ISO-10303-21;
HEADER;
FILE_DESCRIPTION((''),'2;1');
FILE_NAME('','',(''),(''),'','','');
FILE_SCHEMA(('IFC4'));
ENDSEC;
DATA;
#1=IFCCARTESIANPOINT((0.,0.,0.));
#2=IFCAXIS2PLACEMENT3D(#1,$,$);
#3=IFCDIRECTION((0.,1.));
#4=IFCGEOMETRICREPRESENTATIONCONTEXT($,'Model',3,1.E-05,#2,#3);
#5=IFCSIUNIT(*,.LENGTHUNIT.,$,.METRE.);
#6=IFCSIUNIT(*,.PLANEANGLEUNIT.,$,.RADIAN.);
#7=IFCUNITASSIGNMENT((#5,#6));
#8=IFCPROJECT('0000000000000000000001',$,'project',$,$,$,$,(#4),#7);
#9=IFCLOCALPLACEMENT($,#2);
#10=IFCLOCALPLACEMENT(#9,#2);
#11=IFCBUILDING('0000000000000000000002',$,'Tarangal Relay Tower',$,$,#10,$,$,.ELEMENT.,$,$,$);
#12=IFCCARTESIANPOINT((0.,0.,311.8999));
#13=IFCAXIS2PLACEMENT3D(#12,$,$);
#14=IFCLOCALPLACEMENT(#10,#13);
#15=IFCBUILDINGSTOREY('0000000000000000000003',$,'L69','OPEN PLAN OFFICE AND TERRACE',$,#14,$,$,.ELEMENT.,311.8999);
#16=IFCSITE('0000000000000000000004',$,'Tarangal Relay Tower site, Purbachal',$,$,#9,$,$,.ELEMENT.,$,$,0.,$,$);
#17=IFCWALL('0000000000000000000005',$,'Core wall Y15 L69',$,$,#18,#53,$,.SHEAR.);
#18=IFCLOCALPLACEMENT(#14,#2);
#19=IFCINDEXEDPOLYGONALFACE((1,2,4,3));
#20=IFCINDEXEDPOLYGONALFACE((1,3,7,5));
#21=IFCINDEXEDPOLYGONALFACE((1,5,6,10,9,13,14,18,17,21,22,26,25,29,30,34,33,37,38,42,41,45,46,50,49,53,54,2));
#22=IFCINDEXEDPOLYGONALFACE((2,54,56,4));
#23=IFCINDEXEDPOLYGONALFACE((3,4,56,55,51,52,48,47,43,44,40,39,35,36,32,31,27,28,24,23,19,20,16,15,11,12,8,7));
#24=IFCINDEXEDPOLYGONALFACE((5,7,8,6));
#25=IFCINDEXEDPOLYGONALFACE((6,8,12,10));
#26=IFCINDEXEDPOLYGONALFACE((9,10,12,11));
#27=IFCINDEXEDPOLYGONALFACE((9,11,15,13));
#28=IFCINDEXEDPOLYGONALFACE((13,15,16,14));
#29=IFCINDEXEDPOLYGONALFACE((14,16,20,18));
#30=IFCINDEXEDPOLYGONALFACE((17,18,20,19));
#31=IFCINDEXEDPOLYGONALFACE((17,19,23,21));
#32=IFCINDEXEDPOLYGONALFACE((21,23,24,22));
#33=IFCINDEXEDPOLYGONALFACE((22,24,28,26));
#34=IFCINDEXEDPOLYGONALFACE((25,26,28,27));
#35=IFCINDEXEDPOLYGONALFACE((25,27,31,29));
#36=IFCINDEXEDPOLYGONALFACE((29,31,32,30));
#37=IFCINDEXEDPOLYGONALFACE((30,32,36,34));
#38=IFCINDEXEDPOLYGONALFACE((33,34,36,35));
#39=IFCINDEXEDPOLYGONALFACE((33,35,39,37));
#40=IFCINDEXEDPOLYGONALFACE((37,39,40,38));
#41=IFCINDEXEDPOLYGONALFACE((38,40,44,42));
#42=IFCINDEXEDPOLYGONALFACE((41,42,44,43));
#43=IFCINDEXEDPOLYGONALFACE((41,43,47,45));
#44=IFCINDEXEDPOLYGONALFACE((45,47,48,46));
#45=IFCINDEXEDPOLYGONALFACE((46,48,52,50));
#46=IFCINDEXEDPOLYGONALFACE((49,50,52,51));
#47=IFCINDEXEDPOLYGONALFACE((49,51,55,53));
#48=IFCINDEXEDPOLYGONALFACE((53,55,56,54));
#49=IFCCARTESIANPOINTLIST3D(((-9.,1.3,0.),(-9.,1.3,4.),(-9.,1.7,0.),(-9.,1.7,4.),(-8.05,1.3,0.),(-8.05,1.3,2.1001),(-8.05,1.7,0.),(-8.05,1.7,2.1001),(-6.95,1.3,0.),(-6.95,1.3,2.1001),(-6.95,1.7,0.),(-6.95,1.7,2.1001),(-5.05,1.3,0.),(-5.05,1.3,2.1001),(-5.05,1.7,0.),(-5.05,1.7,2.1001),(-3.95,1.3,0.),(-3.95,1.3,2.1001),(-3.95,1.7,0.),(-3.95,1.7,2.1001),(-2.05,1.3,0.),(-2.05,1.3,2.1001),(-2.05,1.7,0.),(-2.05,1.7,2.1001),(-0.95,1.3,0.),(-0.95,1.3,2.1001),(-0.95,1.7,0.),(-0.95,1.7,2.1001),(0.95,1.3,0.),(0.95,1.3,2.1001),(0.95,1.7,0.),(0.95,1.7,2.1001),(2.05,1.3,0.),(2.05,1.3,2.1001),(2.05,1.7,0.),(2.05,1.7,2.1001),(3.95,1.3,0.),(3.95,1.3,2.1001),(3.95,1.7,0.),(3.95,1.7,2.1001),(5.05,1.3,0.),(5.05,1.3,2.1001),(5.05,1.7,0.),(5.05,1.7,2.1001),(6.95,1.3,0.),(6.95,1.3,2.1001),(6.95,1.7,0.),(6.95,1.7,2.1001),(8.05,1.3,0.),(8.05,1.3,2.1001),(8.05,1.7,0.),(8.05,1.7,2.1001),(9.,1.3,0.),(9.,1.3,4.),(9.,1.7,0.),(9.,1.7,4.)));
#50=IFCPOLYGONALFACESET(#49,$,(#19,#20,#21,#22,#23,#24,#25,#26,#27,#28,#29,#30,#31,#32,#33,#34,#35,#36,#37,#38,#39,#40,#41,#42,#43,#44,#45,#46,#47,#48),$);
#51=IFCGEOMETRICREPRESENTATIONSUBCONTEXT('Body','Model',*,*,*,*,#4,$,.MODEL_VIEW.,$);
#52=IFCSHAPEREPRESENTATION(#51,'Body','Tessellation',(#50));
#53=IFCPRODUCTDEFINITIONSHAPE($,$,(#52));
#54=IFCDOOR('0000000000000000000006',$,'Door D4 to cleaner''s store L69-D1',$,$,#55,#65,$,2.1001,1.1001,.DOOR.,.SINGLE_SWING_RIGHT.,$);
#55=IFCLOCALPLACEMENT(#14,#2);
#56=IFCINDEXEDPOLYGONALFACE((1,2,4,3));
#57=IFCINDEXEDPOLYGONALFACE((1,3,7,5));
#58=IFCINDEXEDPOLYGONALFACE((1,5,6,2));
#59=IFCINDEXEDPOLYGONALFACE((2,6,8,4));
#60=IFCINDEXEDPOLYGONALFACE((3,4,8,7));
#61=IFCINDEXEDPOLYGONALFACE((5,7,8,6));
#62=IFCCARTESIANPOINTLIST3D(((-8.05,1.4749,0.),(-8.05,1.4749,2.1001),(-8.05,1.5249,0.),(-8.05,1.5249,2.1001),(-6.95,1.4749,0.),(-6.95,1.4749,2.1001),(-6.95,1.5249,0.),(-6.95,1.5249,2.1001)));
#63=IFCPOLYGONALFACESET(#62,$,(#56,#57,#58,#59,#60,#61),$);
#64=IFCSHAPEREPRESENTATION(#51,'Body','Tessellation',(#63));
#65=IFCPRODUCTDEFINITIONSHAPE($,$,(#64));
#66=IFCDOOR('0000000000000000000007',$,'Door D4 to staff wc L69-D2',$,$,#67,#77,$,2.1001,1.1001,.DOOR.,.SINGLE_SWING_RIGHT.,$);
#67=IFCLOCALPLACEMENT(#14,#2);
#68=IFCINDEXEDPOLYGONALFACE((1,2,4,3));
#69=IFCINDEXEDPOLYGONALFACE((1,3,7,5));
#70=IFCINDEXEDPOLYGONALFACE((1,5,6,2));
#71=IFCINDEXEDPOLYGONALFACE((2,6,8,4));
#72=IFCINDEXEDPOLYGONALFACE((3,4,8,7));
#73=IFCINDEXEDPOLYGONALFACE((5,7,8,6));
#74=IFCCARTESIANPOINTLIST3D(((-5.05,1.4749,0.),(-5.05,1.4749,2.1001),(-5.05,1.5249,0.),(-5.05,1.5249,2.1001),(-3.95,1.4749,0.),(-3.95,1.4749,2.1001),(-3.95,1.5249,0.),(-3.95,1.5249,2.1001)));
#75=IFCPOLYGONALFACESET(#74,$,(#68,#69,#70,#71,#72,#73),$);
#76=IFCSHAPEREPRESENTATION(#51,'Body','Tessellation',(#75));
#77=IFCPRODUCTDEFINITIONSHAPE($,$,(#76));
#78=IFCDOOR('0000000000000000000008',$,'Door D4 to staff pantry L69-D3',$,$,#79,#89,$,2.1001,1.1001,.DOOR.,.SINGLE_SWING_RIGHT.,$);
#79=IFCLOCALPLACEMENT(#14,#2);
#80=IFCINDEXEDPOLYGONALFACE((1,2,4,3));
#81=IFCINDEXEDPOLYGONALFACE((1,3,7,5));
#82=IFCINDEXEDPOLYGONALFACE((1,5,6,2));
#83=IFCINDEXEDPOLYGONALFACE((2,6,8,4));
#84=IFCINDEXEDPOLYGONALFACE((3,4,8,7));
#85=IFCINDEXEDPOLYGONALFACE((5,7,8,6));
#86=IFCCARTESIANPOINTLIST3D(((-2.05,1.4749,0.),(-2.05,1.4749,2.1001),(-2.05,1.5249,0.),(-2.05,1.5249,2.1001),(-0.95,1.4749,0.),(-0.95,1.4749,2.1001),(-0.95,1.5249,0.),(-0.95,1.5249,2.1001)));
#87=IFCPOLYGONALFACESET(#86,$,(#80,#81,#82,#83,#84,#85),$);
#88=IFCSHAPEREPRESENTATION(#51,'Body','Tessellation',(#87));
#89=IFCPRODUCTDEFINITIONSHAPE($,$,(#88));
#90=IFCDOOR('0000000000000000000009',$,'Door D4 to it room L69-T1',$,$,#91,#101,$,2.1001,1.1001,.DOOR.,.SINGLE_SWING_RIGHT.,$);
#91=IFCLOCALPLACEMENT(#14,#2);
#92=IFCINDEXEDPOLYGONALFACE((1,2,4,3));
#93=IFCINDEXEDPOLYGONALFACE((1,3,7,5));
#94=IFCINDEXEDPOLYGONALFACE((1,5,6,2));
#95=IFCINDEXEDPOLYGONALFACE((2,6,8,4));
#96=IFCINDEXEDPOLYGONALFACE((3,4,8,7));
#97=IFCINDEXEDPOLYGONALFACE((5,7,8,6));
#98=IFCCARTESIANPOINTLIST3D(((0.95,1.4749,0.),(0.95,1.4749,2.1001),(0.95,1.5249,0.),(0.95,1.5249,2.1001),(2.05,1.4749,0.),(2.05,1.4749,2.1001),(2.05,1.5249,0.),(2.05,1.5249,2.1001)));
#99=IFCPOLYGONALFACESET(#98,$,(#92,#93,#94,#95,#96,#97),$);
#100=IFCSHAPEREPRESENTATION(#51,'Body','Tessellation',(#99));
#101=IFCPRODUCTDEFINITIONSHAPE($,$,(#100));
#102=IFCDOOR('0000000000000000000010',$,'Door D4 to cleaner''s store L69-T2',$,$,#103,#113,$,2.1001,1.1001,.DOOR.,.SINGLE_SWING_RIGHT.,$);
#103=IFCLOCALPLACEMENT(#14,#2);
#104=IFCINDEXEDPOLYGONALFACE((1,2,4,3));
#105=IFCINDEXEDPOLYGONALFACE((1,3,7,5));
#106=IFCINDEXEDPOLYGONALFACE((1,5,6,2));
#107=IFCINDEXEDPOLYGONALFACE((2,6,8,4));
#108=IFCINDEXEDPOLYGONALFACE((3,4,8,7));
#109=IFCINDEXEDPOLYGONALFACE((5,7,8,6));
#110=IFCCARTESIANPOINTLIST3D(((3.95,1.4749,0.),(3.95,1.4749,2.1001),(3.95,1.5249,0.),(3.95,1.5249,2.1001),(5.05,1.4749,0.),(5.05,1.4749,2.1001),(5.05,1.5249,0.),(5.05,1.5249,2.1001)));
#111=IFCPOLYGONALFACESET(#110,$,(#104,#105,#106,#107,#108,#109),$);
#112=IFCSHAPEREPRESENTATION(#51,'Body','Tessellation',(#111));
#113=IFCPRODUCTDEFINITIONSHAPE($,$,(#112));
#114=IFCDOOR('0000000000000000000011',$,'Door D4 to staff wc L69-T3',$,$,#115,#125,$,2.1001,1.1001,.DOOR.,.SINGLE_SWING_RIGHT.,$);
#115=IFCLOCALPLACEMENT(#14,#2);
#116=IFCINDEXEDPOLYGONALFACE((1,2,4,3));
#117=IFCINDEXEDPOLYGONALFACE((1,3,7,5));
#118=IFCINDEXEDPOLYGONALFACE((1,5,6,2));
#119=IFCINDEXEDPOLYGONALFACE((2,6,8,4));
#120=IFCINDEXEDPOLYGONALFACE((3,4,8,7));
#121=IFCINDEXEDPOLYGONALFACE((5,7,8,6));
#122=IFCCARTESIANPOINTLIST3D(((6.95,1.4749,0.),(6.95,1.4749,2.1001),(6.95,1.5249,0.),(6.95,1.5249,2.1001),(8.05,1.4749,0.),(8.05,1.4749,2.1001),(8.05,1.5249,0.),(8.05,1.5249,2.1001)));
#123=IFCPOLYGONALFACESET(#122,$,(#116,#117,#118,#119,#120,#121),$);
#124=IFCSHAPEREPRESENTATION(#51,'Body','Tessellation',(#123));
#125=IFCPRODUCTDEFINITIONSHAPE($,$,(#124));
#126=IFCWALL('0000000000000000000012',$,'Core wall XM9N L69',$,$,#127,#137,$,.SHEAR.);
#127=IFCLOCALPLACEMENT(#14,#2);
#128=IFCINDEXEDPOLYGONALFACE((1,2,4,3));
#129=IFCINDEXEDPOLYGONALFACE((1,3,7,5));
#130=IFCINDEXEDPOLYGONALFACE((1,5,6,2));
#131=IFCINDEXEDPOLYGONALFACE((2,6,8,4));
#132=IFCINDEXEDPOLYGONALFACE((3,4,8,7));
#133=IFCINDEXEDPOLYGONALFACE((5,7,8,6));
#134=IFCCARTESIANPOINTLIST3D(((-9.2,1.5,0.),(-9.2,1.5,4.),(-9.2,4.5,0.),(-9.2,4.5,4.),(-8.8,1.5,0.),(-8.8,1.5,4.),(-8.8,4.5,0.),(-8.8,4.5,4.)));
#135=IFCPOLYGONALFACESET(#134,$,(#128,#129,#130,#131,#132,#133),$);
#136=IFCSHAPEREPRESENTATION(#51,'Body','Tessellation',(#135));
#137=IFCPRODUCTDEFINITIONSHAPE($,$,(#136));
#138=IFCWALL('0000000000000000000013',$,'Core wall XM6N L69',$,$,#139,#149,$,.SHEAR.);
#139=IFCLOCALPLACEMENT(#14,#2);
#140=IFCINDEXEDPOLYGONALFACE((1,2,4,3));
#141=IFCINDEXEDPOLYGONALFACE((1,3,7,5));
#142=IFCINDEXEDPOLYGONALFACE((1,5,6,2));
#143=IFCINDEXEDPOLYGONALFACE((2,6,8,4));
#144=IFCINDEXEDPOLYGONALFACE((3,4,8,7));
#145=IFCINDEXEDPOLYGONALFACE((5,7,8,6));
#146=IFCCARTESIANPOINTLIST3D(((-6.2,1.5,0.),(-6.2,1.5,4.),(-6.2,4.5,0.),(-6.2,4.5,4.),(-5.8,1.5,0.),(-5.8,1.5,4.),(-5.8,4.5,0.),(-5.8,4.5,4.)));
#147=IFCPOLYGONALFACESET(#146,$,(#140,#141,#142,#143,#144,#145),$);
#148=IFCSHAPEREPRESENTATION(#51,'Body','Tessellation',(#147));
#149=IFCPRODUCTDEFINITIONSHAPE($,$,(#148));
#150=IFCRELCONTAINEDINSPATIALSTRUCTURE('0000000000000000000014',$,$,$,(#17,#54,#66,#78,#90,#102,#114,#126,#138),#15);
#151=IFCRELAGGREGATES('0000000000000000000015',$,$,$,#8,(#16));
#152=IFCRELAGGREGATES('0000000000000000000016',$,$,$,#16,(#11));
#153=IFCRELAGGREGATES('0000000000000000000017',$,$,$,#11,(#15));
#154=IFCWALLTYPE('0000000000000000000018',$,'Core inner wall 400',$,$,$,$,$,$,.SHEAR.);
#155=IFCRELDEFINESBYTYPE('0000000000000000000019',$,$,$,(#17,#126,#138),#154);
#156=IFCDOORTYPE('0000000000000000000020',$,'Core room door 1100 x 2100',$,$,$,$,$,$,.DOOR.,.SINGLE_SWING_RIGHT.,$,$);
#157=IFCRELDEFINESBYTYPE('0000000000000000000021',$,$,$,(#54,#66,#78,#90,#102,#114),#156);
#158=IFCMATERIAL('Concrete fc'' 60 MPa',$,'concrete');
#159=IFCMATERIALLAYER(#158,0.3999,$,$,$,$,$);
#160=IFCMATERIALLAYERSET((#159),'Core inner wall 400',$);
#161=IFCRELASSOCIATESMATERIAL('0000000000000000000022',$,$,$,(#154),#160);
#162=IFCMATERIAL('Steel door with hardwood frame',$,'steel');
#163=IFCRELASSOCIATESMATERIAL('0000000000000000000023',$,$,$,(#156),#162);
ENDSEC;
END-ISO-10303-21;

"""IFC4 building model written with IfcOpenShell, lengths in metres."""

from ifc_helpers import new_model, si_unit, direction, frame, frame_2d, origin, place, context, subcontext, project, spatial, rectangle, extrude, material, layer, layer_set, type_object, element, fill, save


model = new_model("IFC4")

# Units and contexts
model_context = context("Model", 3, precision=1e-05, world=origin(), true_north=direction((0.0, 1.0)))
body_context = subcontext(model_context, "Body", "Model", "MODEL_VIEW")
ifc_project = project(units=[si_unit("LENGTHUNIT", "METRE"), si_unit("PLANEANGLEUNIT", "RADIAN")], contexts=[model_context])

# Site, building, storey
site_placement = place(None, origin())
site = spatial("IfcSite", under=ifc_project, at=site_placement, Name="Tarangal Relay Tower site, Purbachal", CompositionType="ELEMENT", RefElevation=0.0)
building_placement = place(site_placement, origin())
building = spatial("IfcBuilding", under=site, at=building_placement, Name="Tarangal Relay Tower", CompositionType="ELEMENT")
storey_placement = place(building_placement, frame((0.0, 0.0, 311.8999)))
storey = spatial("IfcBuildingStorey", under=building, at=storey_placement, Name="L69", Description="OPEN PLAN OFFICE AND TERRACE", CompositionType="ELEMENT", Elevation=311.8999)

# Wall, openings, doors
ifc_material_1 = material(Name="Concrete fc' 60 MPa", Category="concrete")
ifc_layer = layer(ifc_material_1, 0.3999)
ifc_layer_set = layer_set([ifc_layer], Name="Core inner wall 400")
wall_type = type_object("IfcWallType", Name="Core inner wall 400", PredefinedType="SHEAR", material=ifc_layer_set)
wall_1_placement = place(storey_placement, frame((-9.0, 1.5, 0.0), z_axis=(0.0, 0.0, 1.0), x_axis=(1.0, 0.0, 0.0)))
wall_1 = element("IfcWall", 1, at=wall_1_placement, inside=storey, type_object=wall_type, Name="Core wall Y15 L69", PredefinedType="SHEAR", context=body_context, shape_type="SweptSolid", body=[
    extrude(rectangle(XDim=18.0, YDim=0.3999, at=frame_2d((9.0, 0.0))), origin(), (0.0, 0.0, 1.0), 4.0),
])
opening_1_placement = place(wall_1_placement, frame((0.95, 0.0, 0.0)))
opening_1 = element("IfcOpeningElement", 2, at=opening_1_placement, cuts=wall_1, PredefinedType="OPENING", context=body_context, shape_type="SweptSolid", body=[
    extrude(rectangle(XDim=1.1001, YDim=2.1001, at=frame_2d((0.55, 1.05))), frame((0.0, 0.21, 0.0), z_axis=(0.0, -1.0, 0.0), x_axis=(1.0, 0.0, 0.0)), (0.0, 0.0, 1.0), 0.4199),
])
opening_2_placement = place(wall_1_placement, frame((3.95, 0.0, 0.0)))
opening_2 = element("IfcOpeningElement", 3, at=opening_2_placement, cuts=wall_1, PredefinedType="OPENING", context=body_context, shape_type="SweptSolid", body=[
    extrude(rectangle(XDim=1.1001, YDim=2.1001, at=frame_2d((0.55, 1.05))), frame((0.0, 0.21, 0.0), z_axis=(0.0, -1.0, 0.0), x_axis=(1.0, 0.0, 0.0)), (0.0, 0.0, 1.0), 0.4199),
])
opening_3_placement = place(wall_1_placement, frame((6.95, 0.0, 0.0)))
opening_3 = element("IfcOpeningElement", 4, at=opening_3_placement, cuts=wall_1, PredefinedType="OPENING", context=body_context, shape_type="SweptSolid", body=[
    extrude(rectangle(XDim=1.1001, YDim=2.1001, at=frame_2d((0.55, 1.05))), frame((0.0, 0.21, 0.0), z_axis=(0.0, -1.0, 0.0), x_axis=(1.0, 0.0, 0.0)), (0.0, 0.0, 1.0), 0.4199),
])
opening_4_placement = place(wall_1_placement, frame((9.95, 0.0, 0.0)))
opening_4 = element("IfcOpeningElement", 5, at=opening_4_placement, cuts=wall_1, PredefinedType="OPENING", context=body_context, shape_type="SweptSolid", body=[
    extrude(rectangle(XDim=1.1001, YDim=2.1001, at=frame_2d((0.55, 1.05))), frame((0.0, 0.21, 0.0), z_axis=(0.0, -1.0, 0.0), x_axis=(1.0, 0.0, 0.0)), (0.0, 0.0, 1.0), 0.4199),
])
opening_5_placement = place(wall_1_placement, frame((12.95, 0.0, 0.0)))
opening_5 = element("IfcOpeningElement", 6, at=opening_5_placement, cuts=wall_1, PredefinedType="OPENING", context=body_context, shape_type="SweptSolid", body=[
    extrude(rectangle(XDim=1.1001, YDim=2.1001, at=frame_2d((0.55, 1.05))), frame((0.0, 0.21, 0.0), z_axis=(0.0, -1.0, 0.0), x_axis=(1.0, 0.0, 0.0)), (0.0, 0.0, 1.0), 0.4199),
])
opening_6_placement = place(wall_1_placement, frame((15.95, 0.0, 0.0)))
opening_6 = element("IfcOpeningElement", 7, at=opening_6_placement, cuts=wall_1, PredefinedType="OPENING", context=body_context, shape_type="SweptSolid", body=[
    extrude(rectangle(XDim=1.1001, YDim=2.1001, at=frame_2d((0.55, 1.05))), frame((0.0, 0.21, 0.0), z_axis=(0.0, -1.0, 0.0), x_axis=(1.0, 0.0, 0.0)), (0.0, 0.0, 1.0), 0.4199),
])
ifc_material_2 = material(Name="Steel door with hardwood frame", Category="steel")
door_type_1 = type_object("IfcDoorType", Name="Core room door 1100 x 2100", OperationType="SINGLE_SWING_RIGHT", PredefinedType="DOOR", material=ifc_material_2)
door_1_placement = place(opening_1_placement, origin())
door_1 = element("IfcDoor", 8, at=door_1_placement, inside=storey, type_object=door_type_1, Name="Door D4 to cleaner's store L69-D1", OperationType="SINGLE_SWING_RIGHT", OverallHeight=2.1001, OverallWidth=1.1001, PredefinedType="DOOR", context=body_context, shape_type="SweptSolid", body=[
    extrude(rectangle(XDim=1.1001, YDim=2.1001, at=frame_2d((0.55, 1.05))), frame((0.0, 0.0249, 0.0), z_axis=(0.0, -1.0, 0.0), x_axis=(1.0, 0.0, 0.0)), (0.0, 0.0, 1.0), 0.05),
])
fill(opening_1, door_1)
door_2_placement = place(opening_2_placement, origin())
door_2 = element("IfcDoor", 9, at=door_2_placement, inside=storey, type_object=door_type_1, Name="Door D4 to staff wc L69-D2", OperationType="SINGLE_SWING_RIGHT", OverallHeight=2.1001, OverallWidth=1.1001, PredefinedType="DOOR", context=body_context, shape_type="SweptSolid", body=[
    extrude(rectangle(XDim=1.1001, YDim=2.1001, at=frame_2d((0.55, 1.05))), frame((0.0, 0.0249, 0.0), z_axis=(0.0, -1.0, 0.0), x_axis=(1.0, 0.0, 0.0)), (0.0, 0.0, 1.0), 0.05),
])
fill(opening_2, door_2)
door_3_placement = place(opening_3_placement, origin())
door_3 = element("IfcDoor", 10, at=door_3_placement, inside=storey, type_object=door_type_1, Name="Door D4 to staff pantry L69-D3", OperationType="SINGLE_SWING_RIGHT", OverallHeight=2.1001, OverallWidth=1.1001, PredefinedType="DOOR", context=body_context, shape_type="SweptSolid", body=[
    extrude(rectangle(XDim=1.1001, YDim=2.1001, at=frame_2d((0.55, 1.05))), frame((0.0, 0.0249, 0.0), z_axis=(0.0, -1.0, 0.0), x_axis=(1.0, 0.0, 0.0)), (0.0, 0.0, 1.0), 0.05),
])
fill(opening_3, door_3)
door_4_placement = place(opening_4_placement, origin())
door_4 = element("IfcDoor", 11, at=door_4_placement, inside=storey, type_object=door_type_1, Name="Door D4 to it room L69-T1", OperationType="SINGLE_SWING_RIGHT", OverallHeight=2.1001, OverallWidth=1.1001, PredefinedType="DOOR", context=body_context, shape_type="SweptSolid", body=[
    extrude(rectangle(XDim=1.1001, YDim=2.1001, at=frame_2d((0.55, 1.05))), frame((0.0, 0.0249, 0.0), z_axis=(0.0, -1.0, 0.0), x_axis=(1.0, 0.0, 0.0)), (0.0, 0.0, 1.0), 0.05),
])
fill(opening_4, door_4)
door_5_placement = place(opening_5_placement, origin())
door_5 = element("IfcDoor", 12, at=door_5_placement, inside=storey, type_object=door_type_1, Name="Door D4 to cleaner's store L69-T2", OperationType="SINGLE_SWING_RIGHT", OverallHeight=2.1001, OverallWidth=1.1001, PredefinedType="DOOR", context=body_context, shape_type="SweptSolid", body=[
    extrude(rectangle(XDim=1.1001, YDim=2.1001, at=frame_2d((0.55, 1.05))), frame((0.0, 0.0249, 0.0), z_axis=(0.0, -1.0, 0.0), x_axis=(1.0, 0.0, 0.0)), (0.0, 0.0, 1.0), 0.05),
])
fill(opening_5, door_5)
door_6_placement = place(opening_6_placement, origin())
door_6 = element("IfcDoor", 13, at=door_6_placement, inside=storey, type_object=door_type_1, Name="Door D4 to staff wc L69-T3", OperationType="SINGLE_SWING_RIGHT", OverallHeight=2.1001, OverallWidth=1.1001, PredefinedType="DOOR", context=body_context, shape_type="SweptSolid", body=[
    extrude(rectangle(XDim=1.1001, YDim=2.1001, at=frame_2d((0.55, 1.05))), frame((0.0, 0.0249, 0.0), z_axis=(0.0, -1.0, 0.0), x_axis=(1.0, 0.0, 0.0)), (0.0, 0.0, 1.0), 0.05),
])
fill(opening_6, door_6)

# Walls
for number, where, z_axis, x_axis, name in (
    (14, (-9.0, 1.5, 0.0), (0.0, 0.0, 1.0), (0.0, 1.0, 0.0), "Core wall XM9N L69"),
    (15, (-6.0, 1.5, 0.0), (0.0, 0.0, 1.0), (0.0, 1.0, 0.0), "Core wall XM6N L69"),
):
    element("IfcWall", number, at=place(storey_placement, frame(where, z_axis=z_axis, x_axis=x_axis)), inside=storey, type_object=wall_type, Name=name, PredefinedType="SHEAR", context=body_context, shape_type="SweptSolid", body=[
        extrude(rectangle(XDim=3.0, YDim=0.3999, at=frame_2d((1.5, 0.0))), origin(), (0.0, 0.0, 1.0), 4.0),
    ])

save(model, "model.ifc")
